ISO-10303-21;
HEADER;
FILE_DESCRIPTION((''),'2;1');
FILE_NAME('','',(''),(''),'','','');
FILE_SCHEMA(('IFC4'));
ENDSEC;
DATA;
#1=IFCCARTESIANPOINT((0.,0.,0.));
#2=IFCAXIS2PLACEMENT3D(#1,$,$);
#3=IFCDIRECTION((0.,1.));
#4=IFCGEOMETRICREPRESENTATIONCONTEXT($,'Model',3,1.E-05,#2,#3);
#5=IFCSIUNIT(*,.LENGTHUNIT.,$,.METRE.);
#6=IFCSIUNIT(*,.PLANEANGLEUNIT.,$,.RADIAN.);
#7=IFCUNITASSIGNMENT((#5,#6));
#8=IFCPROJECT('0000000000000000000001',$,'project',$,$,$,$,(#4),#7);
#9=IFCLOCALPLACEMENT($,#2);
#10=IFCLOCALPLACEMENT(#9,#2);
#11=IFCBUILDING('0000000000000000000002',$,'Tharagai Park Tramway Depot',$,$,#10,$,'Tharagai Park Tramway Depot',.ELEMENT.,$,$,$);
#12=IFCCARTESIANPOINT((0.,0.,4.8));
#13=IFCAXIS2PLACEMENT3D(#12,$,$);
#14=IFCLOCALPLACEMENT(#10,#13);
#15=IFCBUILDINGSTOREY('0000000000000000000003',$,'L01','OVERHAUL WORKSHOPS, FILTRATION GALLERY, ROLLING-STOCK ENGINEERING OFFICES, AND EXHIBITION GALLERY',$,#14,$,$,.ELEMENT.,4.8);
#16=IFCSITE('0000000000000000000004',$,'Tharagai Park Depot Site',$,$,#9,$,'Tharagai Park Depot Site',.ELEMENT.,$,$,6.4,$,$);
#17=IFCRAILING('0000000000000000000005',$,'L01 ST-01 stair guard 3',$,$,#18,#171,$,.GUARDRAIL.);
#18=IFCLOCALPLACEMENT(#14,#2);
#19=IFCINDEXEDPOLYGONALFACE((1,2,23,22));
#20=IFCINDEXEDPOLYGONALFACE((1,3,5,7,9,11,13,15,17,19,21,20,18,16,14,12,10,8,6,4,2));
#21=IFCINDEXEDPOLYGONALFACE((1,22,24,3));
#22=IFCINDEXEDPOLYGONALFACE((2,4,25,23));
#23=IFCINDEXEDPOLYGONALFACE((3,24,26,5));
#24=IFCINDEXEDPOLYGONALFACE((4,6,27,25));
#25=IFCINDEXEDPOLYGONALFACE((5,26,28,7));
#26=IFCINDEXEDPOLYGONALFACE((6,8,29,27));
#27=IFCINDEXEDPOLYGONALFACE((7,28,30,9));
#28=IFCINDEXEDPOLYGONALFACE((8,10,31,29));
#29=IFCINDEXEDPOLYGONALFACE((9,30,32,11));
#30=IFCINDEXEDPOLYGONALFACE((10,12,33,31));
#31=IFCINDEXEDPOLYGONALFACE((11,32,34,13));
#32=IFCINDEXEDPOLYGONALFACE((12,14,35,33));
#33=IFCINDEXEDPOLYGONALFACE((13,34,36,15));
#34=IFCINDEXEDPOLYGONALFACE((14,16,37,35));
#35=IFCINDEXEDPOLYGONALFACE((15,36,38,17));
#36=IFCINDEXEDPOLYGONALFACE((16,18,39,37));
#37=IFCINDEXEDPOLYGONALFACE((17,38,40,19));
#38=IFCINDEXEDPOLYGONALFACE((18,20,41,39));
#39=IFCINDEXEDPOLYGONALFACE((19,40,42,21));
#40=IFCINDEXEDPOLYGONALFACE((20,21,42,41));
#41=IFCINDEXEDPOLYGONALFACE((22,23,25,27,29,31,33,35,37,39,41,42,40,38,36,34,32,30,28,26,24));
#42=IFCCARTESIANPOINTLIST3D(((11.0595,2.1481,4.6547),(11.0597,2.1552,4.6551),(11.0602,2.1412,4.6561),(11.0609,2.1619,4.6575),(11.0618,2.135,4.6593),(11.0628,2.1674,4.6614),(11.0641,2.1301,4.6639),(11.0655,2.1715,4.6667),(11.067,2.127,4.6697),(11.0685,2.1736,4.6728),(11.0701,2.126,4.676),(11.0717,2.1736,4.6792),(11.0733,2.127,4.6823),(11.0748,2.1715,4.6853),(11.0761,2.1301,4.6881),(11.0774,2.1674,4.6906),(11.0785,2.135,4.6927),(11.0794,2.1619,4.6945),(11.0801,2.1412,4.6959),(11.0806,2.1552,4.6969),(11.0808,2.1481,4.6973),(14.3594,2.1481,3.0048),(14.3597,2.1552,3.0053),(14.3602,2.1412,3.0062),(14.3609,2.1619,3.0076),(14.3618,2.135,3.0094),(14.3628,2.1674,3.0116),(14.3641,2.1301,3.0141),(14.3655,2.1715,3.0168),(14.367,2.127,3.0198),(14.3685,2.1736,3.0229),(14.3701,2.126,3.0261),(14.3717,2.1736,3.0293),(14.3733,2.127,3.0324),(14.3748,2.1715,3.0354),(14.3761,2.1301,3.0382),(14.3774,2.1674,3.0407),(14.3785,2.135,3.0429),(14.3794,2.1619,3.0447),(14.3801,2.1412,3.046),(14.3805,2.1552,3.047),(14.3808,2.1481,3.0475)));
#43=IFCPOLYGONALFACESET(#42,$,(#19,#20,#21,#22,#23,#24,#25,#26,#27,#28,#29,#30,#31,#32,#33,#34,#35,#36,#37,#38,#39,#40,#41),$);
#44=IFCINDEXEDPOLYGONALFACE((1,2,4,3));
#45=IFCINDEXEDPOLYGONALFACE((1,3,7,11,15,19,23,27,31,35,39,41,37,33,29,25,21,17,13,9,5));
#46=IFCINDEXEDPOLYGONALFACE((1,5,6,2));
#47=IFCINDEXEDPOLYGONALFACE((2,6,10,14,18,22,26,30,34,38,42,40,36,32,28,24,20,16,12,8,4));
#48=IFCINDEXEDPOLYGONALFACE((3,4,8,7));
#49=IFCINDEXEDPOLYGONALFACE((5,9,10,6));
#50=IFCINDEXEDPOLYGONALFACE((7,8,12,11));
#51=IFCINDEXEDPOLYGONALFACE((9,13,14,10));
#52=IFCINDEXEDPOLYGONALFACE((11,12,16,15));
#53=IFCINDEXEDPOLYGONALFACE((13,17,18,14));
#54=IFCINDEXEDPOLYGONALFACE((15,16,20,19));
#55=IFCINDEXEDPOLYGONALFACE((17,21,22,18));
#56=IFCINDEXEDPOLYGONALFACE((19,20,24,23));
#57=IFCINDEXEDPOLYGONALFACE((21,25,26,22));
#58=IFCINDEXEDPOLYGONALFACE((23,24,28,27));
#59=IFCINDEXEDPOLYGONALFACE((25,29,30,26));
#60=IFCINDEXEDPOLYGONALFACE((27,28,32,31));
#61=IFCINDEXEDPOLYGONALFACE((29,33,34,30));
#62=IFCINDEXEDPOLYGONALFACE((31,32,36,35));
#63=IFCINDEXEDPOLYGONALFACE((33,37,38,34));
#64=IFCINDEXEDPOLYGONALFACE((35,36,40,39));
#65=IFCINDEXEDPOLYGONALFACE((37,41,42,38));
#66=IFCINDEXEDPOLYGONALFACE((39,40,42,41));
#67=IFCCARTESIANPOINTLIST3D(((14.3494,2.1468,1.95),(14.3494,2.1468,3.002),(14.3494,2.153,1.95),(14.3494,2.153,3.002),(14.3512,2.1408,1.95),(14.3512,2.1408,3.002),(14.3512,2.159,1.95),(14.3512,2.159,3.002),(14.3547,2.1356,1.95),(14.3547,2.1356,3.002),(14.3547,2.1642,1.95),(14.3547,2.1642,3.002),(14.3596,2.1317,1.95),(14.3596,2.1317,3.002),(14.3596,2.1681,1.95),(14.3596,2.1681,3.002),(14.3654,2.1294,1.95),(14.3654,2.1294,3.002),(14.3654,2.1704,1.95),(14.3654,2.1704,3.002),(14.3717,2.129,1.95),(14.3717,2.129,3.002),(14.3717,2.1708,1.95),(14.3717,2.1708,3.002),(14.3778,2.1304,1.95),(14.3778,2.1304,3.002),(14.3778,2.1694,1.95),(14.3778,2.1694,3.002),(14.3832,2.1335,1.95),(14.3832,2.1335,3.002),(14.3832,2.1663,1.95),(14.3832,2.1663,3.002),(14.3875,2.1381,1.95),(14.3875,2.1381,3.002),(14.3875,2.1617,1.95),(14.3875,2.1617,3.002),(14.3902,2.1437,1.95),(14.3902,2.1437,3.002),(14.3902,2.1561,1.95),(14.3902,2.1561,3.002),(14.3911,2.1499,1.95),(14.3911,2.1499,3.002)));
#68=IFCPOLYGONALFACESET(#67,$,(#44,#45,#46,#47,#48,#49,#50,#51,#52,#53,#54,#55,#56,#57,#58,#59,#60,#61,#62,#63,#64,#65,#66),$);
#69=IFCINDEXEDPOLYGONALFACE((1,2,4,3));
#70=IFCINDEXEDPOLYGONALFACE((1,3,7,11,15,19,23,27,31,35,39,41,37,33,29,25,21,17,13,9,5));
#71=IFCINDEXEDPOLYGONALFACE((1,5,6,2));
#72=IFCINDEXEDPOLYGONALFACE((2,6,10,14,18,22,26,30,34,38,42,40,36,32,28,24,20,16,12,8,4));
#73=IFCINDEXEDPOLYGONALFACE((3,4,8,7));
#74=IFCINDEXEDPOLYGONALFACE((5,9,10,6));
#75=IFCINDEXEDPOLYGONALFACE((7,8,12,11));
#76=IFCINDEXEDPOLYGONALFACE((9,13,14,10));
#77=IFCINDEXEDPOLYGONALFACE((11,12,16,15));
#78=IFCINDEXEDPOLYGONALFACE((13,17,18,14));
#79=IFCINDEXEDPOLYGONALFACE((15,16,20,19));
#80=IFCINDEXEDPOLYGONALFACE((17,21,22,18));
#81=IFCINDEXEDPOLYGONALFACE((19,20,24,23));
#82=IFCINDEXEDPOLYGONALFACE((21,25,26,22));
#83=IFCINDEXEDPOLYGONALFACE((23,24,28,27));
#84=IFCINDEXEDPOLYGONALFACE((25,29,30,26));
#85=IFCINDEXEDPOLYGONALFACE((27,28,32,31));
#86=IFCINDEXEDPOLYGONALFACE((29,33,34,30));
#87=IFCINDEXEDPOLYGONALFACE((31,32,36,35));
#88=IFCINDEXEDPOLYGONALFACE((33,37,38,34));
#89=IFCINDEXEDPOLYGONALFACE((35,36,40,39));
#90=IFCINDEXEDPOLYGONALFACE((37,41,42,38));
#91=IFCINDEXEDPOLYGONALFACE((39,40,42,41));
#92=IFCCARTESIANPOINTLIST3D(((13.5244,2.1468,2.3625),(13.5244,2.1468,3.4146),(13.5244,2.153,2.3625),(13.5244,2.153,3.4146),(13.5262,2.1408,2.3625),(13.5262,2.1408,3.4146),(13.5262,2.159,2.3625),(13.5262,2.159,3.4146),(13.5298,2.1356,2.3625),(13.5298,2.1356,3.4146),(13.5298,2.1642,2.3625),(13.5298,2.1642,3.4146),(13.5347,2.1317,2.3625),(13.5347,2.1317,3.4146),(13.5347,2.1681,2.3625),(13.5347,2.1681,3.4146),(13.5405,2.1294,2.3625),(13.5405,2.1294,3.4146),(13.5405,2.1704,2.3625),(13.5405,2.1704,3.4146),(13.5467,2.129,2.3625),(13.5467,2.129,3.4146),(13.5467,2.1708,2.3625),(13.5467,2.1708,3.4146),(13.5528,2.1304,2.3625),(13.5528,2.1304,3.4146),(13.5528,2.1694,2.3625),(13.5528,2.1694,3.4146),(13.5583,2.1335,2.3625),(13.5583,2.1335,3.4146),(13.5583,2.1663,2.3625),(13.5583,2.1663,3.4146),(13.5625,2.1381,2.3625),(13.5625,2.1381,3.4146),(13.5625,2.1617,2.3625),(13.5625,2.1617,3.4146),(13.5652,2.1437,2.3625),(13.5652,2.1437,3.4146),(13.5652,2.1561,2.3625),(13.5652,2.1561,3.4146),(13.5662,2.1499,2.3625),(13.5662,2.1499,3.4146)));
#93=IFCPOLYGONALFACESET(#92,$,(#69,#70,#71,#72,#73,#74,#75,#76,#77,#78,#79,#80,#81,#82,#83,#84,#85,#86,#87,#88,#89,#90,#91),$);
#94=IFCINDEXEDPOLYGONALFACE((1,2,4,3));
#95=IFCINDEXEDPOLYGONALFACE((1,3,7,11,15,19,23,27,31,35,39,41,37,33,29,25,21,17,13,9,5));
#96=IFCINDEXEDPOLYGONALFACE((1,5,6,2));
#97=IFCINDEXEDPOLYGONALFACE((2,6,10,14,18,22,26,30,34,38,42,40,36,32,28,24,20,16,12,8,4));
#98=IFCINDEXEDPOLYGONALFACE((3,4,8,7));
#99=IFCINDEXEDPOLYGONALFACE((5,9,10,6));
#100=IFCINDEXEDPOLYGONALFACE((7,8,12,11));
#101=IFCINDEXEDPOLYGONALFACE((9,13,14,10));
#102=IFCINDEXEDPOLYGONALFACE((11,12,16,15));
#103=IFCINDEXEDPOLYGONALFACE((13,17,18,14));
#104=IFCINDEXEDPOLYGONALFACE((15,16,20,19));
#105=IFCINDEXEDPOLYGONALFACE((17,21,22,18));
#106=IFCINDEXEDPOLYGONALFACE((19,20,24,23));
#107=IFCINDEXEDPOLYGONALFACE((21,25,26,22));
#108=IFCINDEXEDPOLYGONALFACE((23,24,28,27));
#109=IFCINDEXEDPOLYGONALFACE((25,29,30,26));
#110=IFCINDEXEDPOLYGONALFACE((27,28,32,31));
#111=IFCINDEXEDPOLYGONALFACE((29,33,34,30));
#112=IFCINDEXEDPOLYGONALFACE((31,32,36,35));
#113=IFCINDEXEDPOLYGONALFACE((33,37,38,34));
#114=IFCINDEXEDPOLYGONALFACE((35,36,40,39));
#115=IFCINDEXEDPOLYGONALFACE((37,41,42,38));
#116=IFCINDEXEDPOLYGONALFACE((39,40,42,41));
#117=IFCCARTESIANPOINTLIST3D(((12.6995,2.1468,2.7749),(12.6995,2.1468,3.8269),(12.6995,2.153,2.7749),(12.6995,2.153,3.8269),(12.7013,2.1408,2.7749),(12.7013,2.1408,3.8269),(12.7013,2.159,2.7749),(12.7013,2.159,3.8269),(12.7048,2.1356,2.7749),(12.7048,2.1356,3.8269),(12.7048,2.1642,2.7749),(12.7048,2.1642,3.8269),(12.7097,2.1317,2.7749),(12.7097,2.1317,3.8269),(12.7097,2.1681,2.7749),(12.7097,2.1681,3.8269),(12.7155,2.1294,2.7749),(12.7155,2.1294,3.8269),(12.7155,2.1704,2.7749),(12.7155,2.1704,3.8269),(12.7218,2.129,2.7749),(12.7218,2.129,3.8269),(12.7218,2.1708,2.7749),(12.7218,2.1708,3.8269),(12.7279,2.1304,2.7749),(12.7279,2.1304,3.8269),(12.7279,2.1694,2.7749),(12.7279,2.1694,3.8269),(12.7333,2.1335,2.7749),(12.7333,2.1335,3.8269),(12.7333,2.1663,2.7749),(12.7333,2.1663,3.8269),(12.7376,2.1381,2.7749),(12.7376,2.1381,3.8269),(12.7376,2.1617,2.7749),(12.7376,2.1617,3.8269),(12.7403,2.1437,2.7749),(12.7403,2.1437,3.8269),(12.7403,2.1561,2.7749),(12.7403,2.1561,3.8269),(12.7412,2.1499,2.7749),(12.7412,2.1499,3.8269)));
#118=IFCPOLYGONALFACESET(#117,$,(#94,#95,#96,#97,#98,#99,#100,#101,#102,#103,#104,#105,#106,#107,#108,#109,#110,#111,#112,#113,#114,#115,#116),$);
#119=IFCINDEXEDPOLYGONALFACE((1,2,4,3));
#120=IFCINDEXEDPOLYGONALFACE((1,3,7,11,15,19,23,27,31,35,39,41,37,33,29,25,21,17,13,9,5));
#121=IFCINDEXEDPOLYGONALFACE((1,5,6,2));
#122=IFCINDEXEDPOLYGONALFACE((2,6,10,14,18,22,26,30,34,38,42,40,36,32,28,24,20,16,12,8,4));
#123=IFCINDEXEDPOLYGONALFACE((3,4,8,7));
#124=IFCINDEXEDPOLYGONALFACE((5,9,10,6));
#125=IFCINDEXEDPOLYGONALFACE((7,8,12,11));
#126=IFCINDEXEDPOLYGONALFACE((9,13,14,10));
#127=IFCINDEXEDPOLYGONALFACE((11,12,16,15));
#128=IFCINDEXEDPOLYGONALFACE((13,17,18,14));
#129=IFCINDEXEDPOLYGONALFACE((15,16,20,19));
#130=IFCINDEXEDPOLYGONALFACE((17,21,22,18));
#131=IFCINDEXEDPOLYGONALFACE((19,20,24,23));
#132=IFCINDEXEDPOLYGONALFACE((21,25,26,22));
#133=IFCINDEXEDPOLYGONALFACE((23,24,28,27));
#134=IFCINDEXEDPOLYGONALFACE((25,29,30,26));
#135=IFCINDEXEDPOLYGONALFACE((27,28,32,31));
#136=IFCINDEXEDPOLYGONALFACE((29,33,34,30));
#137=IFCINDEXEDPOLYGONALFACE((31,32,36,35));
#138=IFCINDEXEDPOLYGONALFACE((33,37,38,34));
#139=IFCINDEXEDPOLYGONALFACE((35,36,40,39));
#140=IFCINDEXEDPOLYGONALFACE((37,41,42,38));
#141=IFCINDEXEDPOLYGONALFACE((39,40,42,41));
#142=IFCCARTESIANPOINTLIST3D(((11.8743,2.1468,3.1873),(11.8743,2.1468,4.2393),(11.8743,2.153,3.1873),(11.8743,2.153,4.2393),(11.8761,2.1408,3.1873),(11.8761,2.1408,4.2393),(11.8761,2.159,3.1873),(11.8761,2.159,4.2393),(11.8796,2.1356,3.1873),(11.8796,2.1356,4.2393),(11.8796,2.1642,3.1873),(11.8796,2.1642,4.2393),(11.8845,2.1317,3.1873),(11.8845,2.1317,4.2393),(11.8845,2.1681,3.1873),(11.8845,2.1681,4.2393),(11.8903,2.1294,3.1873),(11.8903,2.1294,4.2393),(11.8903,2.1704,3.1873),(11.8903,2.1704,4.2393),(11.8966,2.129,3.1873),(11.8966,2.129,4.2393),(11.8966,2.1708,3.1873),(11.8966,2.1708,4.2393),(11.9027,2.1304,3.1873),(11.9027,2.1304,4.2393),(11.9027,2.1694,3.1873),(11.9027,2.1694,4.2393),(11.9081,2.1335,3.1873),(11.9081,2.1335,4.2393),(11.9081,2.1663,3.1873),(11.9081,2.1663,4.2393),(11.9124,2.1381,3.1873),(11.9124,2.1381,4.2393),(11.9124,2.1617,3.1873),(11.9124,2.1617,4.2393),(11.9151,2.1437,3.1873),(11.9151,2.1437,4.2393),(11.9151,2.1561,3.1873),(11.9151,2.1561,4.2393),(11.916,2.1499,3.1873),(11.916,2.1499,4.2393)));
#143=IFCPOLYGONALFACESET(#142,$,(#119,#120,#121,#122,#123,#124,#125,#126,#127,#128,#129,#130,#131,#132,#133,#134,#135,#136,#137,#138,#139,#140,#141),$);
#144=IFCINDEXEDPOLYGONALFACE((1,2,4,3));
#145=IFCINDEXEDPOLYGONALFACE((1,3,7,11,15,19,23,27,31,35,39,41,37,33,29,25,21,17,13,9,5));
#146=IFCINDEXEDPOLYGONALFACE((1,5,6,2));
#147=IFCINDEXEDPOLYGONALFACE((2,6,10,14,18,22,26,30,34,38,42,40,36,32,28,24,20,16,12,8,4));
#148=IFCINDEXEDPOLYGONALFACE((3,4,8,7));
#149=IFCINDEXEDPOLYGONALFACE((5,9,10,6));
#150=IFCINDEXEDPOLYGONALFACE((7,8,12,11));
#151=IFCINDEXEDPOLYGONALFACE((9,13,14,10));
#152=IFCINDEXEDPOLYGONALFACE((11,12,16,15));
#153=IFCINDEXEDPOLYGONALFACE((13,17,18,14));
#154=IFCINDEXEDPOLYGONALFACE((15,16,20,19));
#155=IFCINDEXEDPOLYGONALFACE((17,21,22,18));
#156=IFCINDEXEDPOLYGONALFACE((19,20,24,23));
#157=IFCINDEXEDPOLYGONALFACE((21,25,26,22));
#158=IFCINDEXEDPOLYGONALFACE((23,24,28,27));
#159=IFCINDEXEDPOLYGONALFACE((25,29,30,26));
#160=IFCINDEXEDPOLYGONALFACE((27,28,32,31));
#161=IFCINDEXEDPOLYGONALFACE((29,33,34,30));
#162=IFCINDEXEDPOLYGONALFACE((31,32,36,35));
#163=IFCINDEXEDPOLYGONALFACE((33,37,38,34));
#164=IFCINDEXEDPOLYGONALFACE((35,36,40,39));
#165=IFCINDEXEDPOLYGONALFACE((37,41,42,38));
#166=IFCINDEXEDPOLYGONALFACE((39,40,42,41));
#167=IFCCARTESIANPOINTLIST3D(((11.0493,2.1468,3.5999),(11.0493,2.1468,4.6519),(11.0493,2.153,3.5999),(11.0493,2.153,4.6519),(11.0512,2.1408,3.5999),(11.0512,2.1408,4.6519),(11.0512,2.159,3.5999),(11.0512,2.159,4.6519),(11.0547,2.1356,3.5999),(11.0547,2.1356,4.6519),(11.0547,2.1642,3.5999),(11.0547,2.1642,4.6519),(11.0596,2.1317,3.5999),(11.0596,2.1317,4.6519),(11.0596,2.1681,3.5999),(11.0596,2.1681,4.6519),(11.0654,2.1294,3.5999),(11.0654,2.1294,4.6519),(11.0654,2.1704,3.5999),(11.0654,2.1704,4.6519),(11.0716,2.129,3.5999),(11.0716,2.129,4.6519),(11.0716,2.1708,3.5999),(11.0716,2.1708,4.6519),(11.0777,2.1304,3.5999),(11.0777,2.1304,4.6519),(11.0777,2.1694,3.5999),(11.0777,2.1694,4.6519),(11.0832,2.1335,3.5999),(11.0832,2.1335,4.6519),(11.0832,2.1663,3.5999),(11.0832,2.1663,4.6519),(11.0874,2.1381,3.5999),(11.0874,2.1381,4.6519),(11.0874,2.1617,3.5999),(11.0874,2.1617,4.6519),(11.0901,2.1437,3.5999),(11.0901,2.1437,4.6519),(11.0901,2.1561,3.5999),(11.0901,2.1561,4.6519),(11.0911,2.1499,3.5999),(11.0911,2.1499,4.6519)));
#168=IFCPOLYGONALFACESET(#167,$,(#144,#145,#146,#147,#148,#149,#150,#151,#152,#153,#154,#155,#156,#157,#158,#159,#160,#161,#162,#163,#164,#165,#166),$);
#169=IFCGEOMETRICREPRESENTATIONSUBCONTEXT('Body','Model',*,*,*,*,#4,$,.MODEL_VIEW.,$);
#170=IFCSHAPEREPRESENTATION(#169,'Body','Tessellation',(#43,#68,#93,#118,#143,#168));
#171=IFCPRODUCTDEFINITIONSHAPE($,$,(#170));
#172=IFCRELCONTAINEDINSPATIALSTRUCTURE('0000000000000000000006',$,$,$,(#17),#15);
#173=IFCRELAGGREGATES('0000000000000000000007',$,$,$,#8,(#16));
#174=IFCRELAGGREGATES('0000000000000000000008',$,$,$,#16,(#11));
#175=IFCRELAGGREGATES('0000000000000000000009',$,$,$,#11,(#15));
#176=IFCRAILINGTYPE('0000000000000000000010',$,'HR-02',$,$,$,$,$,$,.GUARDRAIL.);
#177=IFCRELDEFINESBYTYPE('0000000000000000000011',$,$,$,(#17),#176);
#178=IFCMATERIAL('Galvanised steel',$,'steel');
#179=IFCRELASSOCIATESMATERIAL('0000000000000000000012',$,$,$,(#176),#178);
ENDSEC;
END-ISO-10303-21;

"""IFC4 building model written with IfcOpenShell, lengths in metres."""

from ifc_helpers import new_model, si_unit, direction, frame, origin, origin_2d, place, context, subcontext, project, spatial, circle, extrude, material, type_object, element, save


model = new_model("IFC4")

# Units and contexts
model_context = context("Model", 3, precision=1e-05, world=origin(), true_north=direction((0.0, 1.0)))
body_context = subcontext(model_context, "Body", "Model", "MODEL_VIEW")
ifc_project = project(units=[si_unit("LENGTHUNIT", "METRE"), si_unit("PLANEANGLEUNIT", "RADIAN")], contexts=[model_context])

# Site, building, storey
site_placement = place(None, origin())
site = spatial("IfcSite", under=ifc_project, at=site_placement, Name="Tharagai Park Depot Site", LongName="Tharagai Park Depot Site", CompositionType="ELEMENT", RefElevation=6.4)
building_placement = place(site_placement, origin())
building = spatial("IfcBuilding", under=site, at=building_placement, Name="Tharagai Park Tramway Depot", LongName="Tharagai Park Tramway Depot", CompositionType="ELEMENT")
storey_placement = place(building_placement, frame((0.0, 0.0, 4.8)))
storey = spatial("IfcBuildingStorey", under=building, at=storey_placement, Name="L01", Description="OVERHAUL WORKSHOPS, FILTRATION GALLERY, ROLLING-STOCK ENGINEERING OFFICES, AND EXHIBITION GALLERY", CompositionType="ELEMENT", Elevation=4.8)

# Railing
ifc_material_1 = material(Name="Galvanised steel", Category="steel")
railing_type_1 = type_object("IfcRailingType", Name="HR-02", PredefinedType="GUARDRAIL", material=ifc_material_1)
railing_1_placement = place(storey_placement, frame((14.3701, 2.1499, 1.95)))
element("IfcRailing", 1, at=railing_1_placement, inside=storey, type_object=railing_type_1, Name="L01 ST-01 stair guard 3", PredefinedType="GUARDRAIL", context=body_context, shape_type="SweptSolid", body=[
    extrude(circle(Radius=0.0239, at=origin_2d()), frame((0.0, 0.0, 1.0762), z_axis=(-0.89444, 0.0, 0.447187), x_axis=(0.0, -1.0, 0.0)), (0.0, 0.0, 1.0), 3.6895),
    extrude(circle(Radius=0.021, at=origin_2d()), origin(), (0.0, 0.0, 1.0), 1.052),
    extrude(circle(Radius=0.021, at=origin_2d()), frame((-0.825, 0.0, 0.4126)), (0.0, 0.0, 1.0), 1.052),
    extrude(circle(Radius=0.021, at=origin_2d()), frame((-1.6499, 0.0, 0.825)), (0.0, 0.0, 1.0), 1.052),
    extrude(circle(Radius=0.021, at=origin_2d()), frame((-2.4751, 0.0, 1.2373)), (0.0, 0.0, 1.0), 1.052),
    extrude(circle(Radius=0.021, at=origin_2d()), frame((-3.3, 0.0, 1.6499)), (0.0, 0.0, 1.0), 1.052),
])

save(model, "model.ifc")
